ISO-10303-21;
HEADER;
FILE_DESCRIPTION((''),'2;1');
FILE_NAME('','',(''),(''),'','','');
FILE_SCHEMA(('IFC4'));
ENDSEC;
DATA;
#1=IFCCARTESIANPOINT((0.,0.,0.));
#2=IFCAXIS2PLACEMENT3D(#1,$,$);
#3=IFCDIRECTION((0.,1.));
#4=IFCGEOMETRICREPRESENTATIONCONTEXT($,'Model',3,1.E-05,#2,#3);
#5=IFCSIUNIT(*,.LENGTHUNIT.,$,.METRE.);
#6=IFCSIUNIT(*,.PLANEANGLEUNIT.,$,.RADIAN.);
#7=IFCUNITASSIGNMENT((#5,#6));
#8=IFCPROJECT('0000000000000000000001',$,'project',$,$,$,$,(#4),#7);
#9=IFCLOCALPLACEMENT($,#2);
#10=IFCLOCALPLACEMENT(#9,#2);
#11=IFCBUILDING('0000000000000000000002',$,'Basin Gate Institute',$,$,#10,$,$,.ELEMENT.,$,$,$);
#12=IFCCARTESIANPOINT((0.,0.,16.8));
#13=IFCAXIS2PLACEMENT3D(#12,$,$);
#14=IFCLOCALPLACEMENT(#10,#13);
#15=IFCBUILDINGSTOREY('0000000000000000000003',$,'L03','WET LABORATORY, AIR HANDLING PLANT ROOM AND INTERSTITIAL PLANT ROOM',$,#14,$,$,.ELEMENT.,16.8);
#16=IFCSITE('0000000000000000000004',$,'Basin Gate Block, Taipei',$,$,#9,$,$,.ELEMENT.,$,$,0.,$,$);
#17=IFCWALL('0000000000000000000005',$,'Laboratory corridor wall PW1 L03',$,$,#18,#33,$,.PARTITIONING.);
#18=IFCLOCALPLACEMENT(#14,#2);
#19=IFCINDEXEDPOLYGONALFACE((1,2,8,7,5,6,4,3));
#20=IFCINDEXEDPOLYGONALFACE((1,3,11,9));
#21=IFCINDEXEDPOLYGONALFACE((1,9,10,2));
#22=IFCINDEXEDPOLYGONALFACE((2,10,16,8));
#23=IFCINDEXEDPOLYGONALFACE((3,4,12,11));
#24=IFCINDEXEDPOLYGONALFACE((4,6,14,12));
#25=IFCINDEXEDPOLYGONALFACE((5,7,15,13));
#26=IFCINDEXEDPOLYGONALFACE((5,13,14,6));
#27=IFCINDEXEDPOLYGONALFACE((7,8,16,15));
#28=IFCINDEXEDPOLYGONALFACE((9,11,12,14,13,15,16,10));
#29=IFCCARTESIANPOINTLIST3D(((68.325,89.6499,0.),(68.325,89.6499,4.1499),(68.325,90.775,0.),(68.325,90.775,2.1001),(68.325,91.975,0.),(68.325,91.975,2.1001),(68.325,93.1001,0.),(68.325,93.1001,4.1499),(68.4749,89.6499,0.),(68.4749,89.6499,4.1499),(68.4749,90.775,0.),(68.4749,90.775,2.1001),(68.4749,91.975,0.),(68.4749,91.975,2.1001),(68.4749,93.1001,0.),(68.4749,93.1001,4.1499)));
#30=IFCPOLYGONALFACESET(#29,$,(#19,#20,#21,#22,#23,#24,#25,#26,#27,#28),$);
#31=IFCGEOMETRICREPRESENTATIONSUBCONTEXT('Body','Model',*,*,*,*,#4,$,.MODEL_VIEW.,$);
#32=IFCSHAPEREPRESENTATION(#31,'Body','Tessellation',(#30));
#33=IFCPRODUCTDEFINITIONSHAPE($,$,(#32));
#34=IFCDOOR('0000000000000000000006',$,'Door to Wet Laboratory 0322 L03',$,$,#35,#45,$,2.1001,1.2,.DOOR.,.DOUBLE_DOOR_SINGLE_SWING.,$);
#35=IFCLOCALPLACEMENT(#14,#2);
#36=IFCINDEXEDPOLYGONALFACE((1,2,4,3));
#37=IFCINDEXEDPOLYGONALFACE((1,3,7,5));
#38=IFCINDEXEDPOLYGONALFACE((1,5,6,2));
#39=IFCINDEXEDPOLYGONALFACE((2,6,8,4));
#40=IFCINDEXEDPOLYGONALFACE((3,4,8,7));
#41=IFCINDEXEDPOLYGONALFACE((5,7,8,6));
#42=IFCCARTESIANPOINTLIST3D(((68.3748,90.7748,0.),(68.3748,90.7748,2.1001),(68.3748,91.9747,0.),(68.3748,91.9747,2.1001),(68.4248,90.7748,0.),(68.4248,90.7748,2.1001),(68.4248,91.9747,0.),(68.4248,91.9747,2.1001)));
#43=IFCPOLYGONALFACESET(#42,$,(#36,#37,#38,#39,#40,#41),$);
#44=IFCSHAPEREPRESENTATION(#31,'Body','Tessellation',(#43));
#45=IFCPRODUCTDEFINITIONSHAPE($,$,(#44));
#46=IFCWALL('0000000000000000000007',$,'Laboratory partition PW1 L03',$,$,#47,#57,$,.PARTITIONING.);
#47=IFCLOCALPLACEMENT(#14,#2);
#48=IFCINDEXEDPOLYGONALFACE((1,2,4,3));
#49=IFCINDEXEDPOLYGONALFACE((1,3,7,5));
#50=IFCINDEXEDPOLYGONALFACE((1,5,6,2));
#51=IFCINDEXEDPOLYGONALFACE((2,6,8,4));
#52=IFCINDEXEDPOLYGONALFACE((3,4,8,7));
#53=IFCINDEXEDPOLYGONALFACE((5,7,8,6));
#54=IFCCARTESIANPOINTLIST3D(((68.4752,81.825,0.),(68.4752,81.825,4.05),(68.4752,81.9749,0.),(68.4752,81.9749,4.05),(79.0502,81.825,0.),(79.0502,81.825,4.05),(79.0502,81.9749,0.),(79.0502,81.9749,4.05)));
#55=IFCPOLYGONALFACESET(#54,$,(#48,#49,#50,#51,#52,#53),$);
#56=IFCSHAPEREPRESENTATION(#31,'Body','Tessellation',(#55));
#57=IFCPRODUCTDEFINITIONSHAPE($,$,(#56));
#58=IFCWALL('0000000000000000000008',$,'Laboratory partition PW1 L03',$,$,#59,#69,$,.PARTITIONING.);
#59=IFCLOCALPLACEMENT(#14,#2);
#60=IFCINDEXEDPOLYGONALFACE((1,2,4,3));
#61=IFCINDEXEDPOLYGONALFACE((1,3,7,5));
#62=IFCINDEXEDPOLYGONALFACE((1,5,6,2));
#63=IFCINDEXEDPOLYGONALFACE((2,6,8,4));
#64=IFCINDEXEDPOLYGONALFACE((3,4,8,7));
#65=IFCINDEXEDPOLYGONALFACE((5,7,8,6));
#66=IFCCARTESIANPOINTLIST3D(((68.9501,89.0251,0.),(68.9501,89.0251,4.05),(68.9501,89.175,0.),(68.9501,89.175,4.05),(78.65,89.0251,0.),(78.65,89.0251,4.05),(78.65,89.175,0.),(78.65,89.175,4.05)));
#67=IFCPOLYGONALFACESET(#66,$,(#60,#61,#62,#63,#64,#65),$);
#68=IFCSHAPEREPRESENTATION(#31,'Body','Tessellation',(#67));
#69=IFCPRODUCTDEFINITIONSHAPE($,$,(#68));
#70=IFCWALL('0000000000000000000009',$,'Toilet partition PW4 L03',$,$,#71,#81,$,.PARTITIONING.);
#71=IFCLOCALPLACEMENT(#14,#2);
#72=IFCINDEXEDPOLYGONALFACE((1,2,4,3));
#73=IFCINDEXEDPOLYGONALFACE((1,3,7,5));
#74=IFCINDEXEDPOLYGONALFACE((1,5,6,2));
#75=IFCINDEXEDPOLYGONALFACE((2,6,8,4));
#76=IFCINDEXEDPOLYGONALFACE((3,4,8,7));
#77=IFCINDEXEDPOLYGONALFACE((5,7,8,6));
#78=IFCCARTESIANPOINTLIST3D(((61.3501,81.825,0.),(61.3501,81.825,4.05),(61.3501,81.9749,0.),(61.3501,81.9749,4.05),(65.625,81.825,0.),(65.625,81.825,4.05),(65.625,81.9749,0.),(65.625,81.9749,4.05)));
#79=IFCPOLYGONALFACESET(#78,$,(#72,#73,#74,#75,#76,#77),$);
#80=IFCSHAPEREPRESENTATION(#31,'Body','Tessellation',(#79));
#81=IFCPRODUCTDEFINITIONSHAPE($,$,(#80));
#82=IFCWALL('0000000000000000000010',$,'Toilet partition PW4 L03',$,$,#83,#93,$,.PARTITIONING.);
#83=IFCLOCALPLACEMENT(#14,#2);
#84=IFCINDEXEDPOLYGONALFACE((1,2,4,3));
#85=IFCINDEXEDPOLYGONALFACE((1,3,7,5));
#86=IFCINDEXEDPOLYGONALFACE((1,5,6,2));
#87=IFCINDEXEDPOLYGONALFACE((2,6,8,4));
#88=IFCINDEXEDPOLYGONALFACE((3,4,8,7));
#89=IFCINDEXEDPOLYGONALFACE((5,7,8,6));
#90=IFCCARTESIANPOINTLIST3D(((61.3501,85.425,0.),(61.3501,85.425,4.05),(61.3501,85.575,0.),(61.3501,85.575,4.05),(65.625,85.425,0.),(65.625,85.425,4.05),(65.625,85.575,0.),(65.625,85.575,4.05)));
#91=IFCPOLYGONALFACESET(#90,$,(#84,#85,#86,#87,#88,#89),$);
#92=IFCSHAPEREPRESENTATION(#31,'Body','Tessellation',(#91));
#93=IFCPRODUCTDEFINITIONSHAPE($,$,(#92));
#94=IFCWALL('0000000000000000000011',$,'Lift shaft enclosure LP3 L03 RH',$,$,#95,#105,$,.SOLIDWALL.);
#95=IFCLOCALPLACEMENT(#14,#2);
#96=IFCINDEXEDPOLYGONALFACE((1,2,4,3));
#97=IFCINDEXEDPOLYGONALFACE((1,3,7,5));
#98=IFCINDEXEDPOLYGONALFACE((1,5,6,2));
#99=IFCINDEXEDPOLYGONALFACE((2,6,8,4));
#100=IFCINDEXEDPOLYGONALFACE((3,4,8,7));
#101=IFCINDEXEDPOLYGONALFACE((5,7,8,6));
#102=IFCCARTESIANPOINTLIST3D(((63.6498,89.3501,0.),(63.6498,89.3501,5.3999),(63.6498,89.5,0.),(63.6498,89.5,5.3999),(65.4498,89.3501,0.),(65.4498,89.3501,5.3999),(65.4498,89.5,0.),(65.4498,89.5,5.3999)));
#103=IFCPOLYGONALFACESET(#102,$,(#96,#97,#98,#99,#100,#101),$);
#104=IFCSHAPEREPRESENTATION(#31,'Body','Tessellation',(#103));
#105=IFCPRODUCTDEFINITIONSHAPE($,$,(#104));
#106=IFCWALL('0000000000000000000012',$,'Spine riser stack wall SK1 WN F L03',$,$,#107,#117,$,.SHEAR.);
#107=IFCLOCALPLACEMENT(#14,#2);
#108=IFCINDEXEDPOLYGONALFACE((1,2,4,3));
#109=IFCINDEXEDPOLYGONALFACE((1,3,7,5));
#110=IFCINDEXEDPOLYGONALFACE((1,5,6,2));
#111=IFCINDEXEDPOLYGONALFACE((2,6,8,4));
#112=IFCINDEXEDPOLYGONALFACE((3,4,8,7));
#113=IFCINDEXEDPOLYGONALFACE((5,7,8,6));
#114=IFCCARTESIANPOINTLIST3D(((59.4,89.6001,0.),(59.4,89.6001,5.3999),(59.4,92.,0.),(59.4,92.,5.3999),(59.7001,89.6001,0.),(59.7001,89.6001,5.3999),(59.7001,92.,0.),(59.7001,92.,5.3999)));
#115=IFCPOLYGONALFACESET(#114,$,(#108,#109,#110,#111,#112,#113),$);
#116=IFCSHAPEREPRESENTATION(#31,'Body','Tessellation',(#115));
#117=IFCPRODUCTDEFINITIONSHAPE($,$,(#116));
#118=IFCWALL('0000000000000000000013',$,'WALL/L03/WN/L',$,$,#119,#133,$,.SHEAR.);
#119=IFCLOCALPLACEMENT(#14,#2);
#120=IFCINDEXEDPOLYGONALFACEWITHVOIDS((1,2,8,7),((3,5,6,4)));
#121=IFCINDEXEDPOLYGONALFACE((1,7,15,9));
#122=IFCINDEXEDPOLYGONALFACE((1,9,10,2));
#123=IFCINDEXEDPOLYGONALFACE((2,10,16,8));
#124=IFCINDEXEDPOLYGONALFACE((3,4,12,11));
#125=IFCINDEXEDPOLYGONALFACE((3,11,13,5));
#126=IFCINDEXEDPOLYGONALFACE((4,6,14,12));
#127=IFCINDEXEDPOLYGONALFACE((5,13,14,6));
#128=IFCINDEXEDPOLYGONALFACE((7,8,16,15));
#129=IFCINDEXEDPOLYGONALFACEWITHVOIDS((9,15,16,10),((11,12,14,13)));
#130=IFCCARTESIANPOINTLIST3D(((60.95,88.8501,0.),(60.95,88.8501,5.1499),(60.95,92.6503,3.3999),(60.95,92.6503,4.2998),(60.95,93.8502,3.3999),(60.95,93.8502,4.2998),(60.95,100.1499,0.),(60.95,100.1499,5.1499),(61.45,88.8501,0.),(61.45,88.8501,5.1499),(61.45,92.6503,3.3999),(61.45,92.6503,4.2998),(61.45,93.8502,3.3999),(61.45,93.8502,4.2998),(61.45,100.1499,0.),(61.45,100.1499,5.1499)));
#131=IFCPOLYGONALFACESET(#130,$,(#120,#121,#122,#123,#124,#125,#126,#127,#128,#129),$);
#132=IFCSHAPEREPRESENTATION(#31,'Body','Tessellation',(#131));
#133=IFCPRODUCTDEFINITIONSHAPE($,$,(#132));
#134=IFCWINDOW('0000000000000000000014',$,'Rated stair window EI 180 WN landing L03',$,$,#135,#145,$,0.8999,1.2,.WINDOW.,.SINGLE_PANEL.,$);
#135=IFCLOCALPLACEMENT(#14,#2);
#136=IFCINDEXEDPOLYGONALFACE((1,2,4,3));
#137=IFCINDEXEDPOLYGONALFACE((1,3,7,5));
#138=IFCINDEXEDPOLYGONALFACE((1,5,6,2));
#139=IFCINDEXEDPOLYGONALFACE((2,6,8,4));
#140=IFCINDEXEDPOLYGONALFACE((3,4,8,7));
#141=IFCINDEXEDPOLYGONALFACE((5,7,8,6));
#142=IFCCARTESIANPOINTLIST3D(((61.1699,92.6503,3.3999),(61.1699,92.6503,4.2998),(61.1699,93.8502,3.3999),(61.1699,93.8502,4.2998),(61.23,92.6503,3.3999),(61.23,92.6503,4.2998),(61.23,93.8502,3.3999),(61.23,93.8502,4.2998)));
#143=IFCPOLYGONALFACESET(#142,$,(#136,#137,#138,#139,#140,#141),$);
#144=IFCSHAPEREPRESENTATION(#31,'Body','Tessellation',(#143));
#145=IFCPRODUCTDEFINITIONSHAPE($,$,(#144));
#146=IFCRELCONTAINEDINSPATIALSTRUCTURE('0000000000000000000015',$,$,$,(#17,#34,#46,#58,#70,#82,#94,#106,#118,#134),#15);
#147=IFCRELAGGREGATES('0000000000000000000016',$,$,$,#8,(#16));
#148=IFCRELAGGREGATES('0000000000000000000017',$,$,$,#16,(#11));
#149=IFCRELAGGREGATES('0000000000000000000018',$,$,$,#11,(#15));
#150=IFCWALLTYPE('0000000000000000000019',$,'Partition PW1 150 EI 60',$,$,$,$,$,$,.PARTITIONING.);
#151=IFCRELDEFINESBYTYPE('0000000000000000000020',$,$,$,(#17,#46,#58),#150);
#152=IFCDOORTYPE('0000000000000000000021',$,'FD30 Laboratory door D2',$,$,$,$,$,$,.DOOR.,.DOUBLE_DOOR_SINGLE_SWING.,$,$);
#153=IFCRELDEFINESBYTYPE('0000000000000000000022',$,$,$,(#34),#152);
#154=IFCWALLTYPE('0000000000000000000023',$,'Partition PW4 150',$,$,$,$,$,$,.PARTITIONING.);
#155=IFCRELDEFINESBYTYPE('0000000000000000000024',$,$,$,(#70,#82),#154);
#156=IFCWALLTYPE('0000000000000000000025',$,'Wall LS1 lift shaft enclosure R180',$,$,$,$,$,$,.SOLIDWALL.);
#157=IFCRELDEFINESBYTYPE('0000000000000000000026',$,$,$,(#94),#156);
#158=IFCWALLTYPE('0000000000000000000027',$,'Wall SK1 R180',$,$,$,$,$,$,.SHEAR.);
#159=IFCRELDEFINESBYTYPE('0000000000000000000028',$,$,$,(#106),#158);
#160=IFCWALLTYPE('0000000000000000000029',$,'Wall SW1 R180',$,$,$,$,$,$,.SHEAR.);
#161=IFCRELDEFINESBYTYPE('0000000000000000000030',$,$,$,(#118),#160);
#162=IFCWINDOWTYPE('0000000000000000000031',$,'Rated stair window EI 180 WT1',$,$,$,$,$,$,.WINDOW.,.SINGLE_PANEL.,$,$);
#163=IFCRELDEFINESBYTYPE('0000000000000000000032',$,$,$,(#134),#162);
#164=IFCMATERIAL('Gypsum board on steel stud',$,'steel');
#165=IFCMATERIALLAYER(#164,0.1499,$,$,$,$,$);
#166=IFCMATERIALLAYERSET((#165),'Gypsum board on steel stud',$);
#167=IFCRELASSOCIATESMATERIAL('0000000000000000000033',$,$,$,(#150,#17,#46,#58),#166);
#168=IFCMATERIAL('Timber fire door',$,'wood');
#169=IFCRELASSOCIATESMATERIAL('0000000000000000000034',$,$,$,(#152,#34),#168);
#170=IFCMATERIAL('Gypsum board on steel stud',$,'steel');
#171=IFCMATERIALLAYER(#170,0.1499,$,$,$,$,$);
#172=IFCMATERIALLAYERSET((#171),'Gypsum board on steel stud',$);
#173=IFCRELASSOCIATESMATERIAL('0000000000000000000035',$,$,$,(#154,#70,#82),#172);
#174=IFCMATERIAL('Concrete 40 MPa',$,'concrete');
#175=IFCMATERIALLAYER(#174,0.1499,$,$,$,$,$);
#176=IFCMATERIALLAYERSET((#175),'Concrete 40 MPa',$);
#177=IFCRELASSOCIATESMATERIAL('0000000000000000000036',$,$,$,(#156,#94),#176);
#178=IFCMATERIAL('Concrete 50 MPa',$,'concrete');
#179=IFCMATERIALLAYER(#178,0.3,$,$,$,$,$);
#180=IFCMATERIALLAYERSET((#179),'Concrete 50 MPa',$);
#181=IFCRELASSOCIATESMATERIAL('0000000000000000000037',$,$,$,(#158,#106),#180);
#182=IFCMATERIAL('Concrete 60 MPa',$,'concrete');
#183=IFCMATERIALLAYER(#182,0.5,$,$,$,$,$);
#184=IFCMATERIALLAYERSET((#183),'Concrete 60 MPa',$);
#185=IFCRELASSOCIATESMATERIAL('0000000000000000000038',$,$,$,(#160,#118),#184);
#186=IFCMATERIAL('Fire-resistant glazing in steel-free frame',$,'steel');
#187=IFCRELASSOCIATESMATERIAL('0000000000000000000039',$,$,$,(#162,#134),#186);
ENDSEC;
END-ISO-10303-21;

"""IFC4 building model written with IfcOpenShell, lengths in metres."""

from ifc_helpers import new_model, si_unit, direction, frame, frame_2d, origin, place, context, subcontext, project, spatial, rectangle, extrude, material, layer, layer_set, type_object, element, fill, save


model = new_model("IFC4")

# Units and contexts
model_context = context("Model", 3, precision=1e-05, world=origin(), true_north=direction((0.0, 1.0)))
body_context = subcontext(model_context, "Body", "Model", "MODEL_VIEW")
ifc_project = project(units=[si_unit("LENGTHUNIT", "METRE"), si_unit("PLANEANGLEUNIT", "RADIAN")], contexts=[model_context])

# Site, building, storey
site_placement = place(None, origin())
site = spatial("IfcSite", under=ifc_project, at=site_placement, Name="Basin Gate Block, Taipei", CompositionType="ELEMENT", RefElevation=0.0)
building_placement = place(site_placement, origin())
building = spatial("IfcBuilding", under=site, at=building_placement, Name="Basin Gate Institute", CompositionType="ELEMENT")
storey_placement = place(building_placement, frame((0.0, 0.0, 16.8)))
storey = spatial("IfcBuildingStorey", under=building, at=storey_placement, Name="L03", Description="WET LABORATORY, AIR HANDLING PLANT ROOM AND INTERSTITIAL PLANT ROOM", CompositionType="ELEMENT", Elevation=16.8)

# Shared definitions
ifc_material_1 = material(Name="Gypsum board on steel stud", Category="steel")
ifc_layer_1 = layer(ifc_material_1, 0.1499)
ifc_layer_set_1 = layer_set([ifc_layer_1], Name="Gypsum board on steel stud")
wall_type_1 = type_object("IfcWallType", Name="Partition PW1 150 EI 60", PredefinedType="PARTITIONING", material=ifc_layer_set_1)
ifc_material_2 = material(Name="Timber fire door", Category="wood")
door_type_1 = type_object("IfcDoorType", Name="FD30 Laboratory door D2", OperationType="DOUBLE_DOOR_SINGLE_SWING", PredefinedType="DOOR", material=ifc_material_2)

# Wall, opening, door
wall_1_placement = place(storey_placement, frame((68.3999, 89.6499, 0.0), z_axis=(0.0, 0.0, 1.0), x_axis=(0.0, 1.0, 0.0)))
wall_1 = element("IfcWall", 1, at=wall_1_placement, inside=storey, type_object=wall_type_1, material=ifc_layer_set_1, Name="Laboratory corridor wall PW1 L03", PredefinedType="PARTITIONING", context=body_context, shape_type="SweptSolid", body=[
    extrude(rectangle(XDim=3.4502, YDim=0.1499, at=frame_2d((1.7251, 0.0))), origin(), (0.0, 0.0, 1.0), 4.1499),
])
opening_1_placement = place(wall_1_placement, frame((1.125, 0.0, 0.0)))
opening_1 = element("IfcOpeningElement", 2, at=opening_1_placement, cuts=wall_1, PredefinedType="OPENING", context=body_context, shape_type="SweptSolid", body=[
    extrude(rectangle(XDim=1.2, YDim=2.1001, at=frame_2d((0.6001, 1.05))), frame((0.0, 0.085, 0.0), z_axis=(0.0, -1.0, 0.0), x_axis=(1.0, 0.0, 0.0)), (0.0, 0.0, 1.0), 0.1699),
])
door_1_placement = place(opening_1_placement, frame((1.2, 0.0, 0.0), z_axis=(0.0, 0.0, 1.0), x_axis=(-1.0, 0.0, 0.0)))
door_1 = element("IfcDoor", 3, at=door_1_placement, inside=storey, type_object=door_type_1, material=ifc_material_2, Name="Door to Wet Laboratory 0322 L03", OperationType="DOUBLE_DOOR_SINGLE_SWING", OverallHeight=2.1001, OverallWidth=1.2, PredefinedType="DOOR", context=body_context, shape_type="SweptSolid", body=[
    extrude(rectangle(XDim=1.2, YDim=2.1001, at=frame_2d((0.6001, 1.05))), frame((0.0, 0.0249, 0.0), z_axis=(0.0, -1.0, 0.0), x_axis=(1.0, 0.0, 0.0)), (0.0, 0.0, 1.0), 0.05),
])
fill(opening_1, door_1)

# Walls
wall_2_placement = place(storey_placement, frame((68.4751, 81.8999, 0.0), z_axis=(0.0, 0.0, 1.0), x_axis=(1.0, 0.0, 0.0)))
element("IfcWall", 4, at=wall_2_placement, inside=storey, type_object=wall_type_1, material=ifc_layer_set_1, Name="Laboratory partition PW1 L03", PredefinedType="PARTITIONING", context=body_context, shape_type="SweptSolid", body=[
    extrude(rectangle(XDim=10.575, YDim=0.1499, at=frame_2d((5.2876, 0.0))), origin(), (0.0, 0.0, 1.0), 4.05),
])
wall_3_placement = place(storey_placement, frame((68.95, 89.1001, 0.0), z_axis=(0.0, 0.0, 1.0), x_axis=(1.0, 0.0, 0.0)))
element("IfcWall", 5, at=wall_3_placement, inside=storey, type_object=wall_type_1, material=ifc_layer_set_1, Name="Laboratory partition PW1 L03", PredefinedType="PARTITIONING", context=body_context, shape_type="SweptSolid", body=[
    extrude(rectangle(XDim=9.7, YDim=0.1499, at=frame_2d((4.8501, 0.0))), origin(), (0.0, 0.0, 1.0), 4.05),
])
ifc_material_3 = material(Name="Gypsum board on steel stud", Category="steel")
ifc_layer_2 = layer(ifc_material_3, 0.1499)
ifc_layer_set_2 = layer_set([ifc_layer_2], Name="Gypsum board on steel stud")
wall_type_2 = type_object("IfcWallType", Name="Partition PW4 150", PredefinedType="PARTITIONING", material=ifc_layer_set_2)
for number, where, z_axis, x_axis, name in (
    (6, (61.3501, 81.8999, 0.0), (0.0, 0.0, 1.0), (1.0, 0.0, 0.0), "Toilet partition PW4 L03"),
    (7, (61.3501, 85.5, 0.0), (0.0, 0.0, 1.0), (1.0, 0.0, 0.0), "Toilet partition PW4 L03"),
):
    element("IfcWall", number, at=place(storey_placement, frame(where, z_axis=z_axis, x_axis=x_axis)), inside=storey, type_object=wall_type_2, material=ifc_layer_set_2, Name=name, PredefinedType="PARTITIONING", context=body_context, shape_type="SweptSolid", body=[
        extrude(rectangle(XDim=4.2749, YDim=0.1499, at=frame_2d((2.1375, 0.0))), origin(), (0.0, 0.0, 1.0), 4.05),
    ])
ifc_material_4 = material(Name="Concrete 40 MPa", Category="concrete")
ifc_layer_3 = layer(ifc_material_4, 0.1499)
ifc_layer_set_3 = layer_set([ifc_layer_3], Name="Concrete 40 MPa")
wall_type_3 = type_object("IfcWallType", Name="Wall LS1 lift shaft enclosure R180", PredefinedType="SOLIDWALL", material=ifc_layer_set_3)
wall_4_placement = place(storey_placement, frame((63.6499, 89.425, 0.0), z_axis=(0.0, 0.0, 1.0), x_axis=(1.0, 0.0, 0.0)))
element("IfcWall", 8, at=wall_4_placement, inside=storey, type_object=wall_type_3, material=ifc_layer_set_3, Name="Lift shaft enclosure LP3 L03 RH", PredefinedType="SOLIDWALL", context=body_context, shape_type="SweptSolid", body=[
    extrude(rectangle(XDim=1.8, YDim=0.1499, at=frame_2d((0.8999, 0.0))), origin(), (0.0, 0.0, 1.0), 5.3999),
])
ifc_material_5 = material(Name="Concrete 50 MPa", Category="concrete")
ifc_layer_4 = layer(ifc_material_5, 0.3)
ifc_layer_set_4 = layer_set([ifc_layer_4], Name="Concrete 50 MPa")
wall_type_4 = type_object("IfcWallType", Name="Wall SK1 R180", PredefinedType="SHEAR", material=ifc_layer_set_4)
wall_5_placement = place(storey_placement, frame((59.55, 89.6001, 0.0), z_axis=(0.0, 0.0, 1.0), x_axis=(0.0, 1.0, 0.0)))
element("IfcWall", 9, at=wall_5_placement, inside=storey, type_object=wall_type_4, material=ifc_layer_set_4, Name="Spine riser stack wall SK1 WN F L03", PredefinedType="SHEAR", context=body_context, shape_type="SweptSolid", body=[
    extrude(rectangle(XDim=2.3999, YDim=0.3, at=frame_2d((1.2, 0.0))), origin(), (0.0, 0.0, 1.0), 5.3999),
])

# Wall, opening, window
ifc_material_6 = material(Name="Concrete 60 MPa", Category="concrete")
ifc_layer_5 = layer(ifc_material_6, 0.5)
ifc_layer_set_5 = layer_set([ifc_layer_5], Name="Concrete 60 MPa")
wall_type_5 = type_object("IfcWallType", Name="Wall SW1 R180", PredefinedType="SHEAR", material=ifc_layer_set_5)
wall_6_placement = place(storey_placement, frame((61.2, 88.8501, 0.0), z_axis=(0.0, 0.0, 1.0), x_axis=(0.0, 1.0, 0.0)))
wall_6 = element("IfcWall", 10, at=wall_6_placement, inside=storey, type_object=wall_type_5, material=ifc_layer_set_5, Name="WALL/L03/WN/L", PredefinedType="SHEAR", context=body_context, shape_type="SweptSolid", body=[
    extrude(rectangle(XDim=11.2998, YDim=0.5, at=frame_2d((5.6499, 0.0))), origin(), (0.0, 0.0, 1.0), 5.1499),
])
opening_2_placement = place(wall_6_placement, frame((3.8, 0.0, 3.3999)))
opening_2 = element("IfcOpeningElement", 11, at=opening_2_placement, cuts=wall_6, PredefinedType="OPENING", context=body_context, shape_type="SweptSolid", body=[
    extrude(rectangle(XDim=1.2, YDim=0.8999, at=frame_2d((0.6001, 0.45))), frame((0.0, 0.26, 0.0), z_axis=(0.0, -1.0, 0.0), x_axis=(1.0, 0.0, 0.0)), (0.0, 0.0, 1.0), 0.52),
])
ifc_material_7 = material(Name="Fire-resistant glazing in steel-free frame", Category="steel")
window_type = type_object("IfcWindowType", Name="Rated stair window EI 180 WT1", PartitioningType="SINGLE_PANEL", PredefinedType="WINDOW", material=ifc_material_7)
window_placement = place(opening_2_placement, origin())
window = element("IfcWindow", 12, at=window_placement, inside=storey, type_object=window_type, material=ifc_material_7, Name="Rated stair window EI 180 WN landing L03", OverallHeight=0.8999, OverallWidth=1.2, PartitioningType="SINGLE_PANEL", PredefinedType="WINDOW", context=body_context, shape_type="SweptSolid", body=[
    extrude(rectangle(XDim=1.2, YDim=0.8999, at=frame_2d((0.6001, 0.45))), frame((0.0, 0.03, 0.0), z_axis=(0.0, -1.0, 0.0), x_axis=(1.0, 0.0, 0.0)), (0.0, 0.0, 1.0), 0.0601),
])
fill(opening_2, window)

save(model, "model.ifc")
